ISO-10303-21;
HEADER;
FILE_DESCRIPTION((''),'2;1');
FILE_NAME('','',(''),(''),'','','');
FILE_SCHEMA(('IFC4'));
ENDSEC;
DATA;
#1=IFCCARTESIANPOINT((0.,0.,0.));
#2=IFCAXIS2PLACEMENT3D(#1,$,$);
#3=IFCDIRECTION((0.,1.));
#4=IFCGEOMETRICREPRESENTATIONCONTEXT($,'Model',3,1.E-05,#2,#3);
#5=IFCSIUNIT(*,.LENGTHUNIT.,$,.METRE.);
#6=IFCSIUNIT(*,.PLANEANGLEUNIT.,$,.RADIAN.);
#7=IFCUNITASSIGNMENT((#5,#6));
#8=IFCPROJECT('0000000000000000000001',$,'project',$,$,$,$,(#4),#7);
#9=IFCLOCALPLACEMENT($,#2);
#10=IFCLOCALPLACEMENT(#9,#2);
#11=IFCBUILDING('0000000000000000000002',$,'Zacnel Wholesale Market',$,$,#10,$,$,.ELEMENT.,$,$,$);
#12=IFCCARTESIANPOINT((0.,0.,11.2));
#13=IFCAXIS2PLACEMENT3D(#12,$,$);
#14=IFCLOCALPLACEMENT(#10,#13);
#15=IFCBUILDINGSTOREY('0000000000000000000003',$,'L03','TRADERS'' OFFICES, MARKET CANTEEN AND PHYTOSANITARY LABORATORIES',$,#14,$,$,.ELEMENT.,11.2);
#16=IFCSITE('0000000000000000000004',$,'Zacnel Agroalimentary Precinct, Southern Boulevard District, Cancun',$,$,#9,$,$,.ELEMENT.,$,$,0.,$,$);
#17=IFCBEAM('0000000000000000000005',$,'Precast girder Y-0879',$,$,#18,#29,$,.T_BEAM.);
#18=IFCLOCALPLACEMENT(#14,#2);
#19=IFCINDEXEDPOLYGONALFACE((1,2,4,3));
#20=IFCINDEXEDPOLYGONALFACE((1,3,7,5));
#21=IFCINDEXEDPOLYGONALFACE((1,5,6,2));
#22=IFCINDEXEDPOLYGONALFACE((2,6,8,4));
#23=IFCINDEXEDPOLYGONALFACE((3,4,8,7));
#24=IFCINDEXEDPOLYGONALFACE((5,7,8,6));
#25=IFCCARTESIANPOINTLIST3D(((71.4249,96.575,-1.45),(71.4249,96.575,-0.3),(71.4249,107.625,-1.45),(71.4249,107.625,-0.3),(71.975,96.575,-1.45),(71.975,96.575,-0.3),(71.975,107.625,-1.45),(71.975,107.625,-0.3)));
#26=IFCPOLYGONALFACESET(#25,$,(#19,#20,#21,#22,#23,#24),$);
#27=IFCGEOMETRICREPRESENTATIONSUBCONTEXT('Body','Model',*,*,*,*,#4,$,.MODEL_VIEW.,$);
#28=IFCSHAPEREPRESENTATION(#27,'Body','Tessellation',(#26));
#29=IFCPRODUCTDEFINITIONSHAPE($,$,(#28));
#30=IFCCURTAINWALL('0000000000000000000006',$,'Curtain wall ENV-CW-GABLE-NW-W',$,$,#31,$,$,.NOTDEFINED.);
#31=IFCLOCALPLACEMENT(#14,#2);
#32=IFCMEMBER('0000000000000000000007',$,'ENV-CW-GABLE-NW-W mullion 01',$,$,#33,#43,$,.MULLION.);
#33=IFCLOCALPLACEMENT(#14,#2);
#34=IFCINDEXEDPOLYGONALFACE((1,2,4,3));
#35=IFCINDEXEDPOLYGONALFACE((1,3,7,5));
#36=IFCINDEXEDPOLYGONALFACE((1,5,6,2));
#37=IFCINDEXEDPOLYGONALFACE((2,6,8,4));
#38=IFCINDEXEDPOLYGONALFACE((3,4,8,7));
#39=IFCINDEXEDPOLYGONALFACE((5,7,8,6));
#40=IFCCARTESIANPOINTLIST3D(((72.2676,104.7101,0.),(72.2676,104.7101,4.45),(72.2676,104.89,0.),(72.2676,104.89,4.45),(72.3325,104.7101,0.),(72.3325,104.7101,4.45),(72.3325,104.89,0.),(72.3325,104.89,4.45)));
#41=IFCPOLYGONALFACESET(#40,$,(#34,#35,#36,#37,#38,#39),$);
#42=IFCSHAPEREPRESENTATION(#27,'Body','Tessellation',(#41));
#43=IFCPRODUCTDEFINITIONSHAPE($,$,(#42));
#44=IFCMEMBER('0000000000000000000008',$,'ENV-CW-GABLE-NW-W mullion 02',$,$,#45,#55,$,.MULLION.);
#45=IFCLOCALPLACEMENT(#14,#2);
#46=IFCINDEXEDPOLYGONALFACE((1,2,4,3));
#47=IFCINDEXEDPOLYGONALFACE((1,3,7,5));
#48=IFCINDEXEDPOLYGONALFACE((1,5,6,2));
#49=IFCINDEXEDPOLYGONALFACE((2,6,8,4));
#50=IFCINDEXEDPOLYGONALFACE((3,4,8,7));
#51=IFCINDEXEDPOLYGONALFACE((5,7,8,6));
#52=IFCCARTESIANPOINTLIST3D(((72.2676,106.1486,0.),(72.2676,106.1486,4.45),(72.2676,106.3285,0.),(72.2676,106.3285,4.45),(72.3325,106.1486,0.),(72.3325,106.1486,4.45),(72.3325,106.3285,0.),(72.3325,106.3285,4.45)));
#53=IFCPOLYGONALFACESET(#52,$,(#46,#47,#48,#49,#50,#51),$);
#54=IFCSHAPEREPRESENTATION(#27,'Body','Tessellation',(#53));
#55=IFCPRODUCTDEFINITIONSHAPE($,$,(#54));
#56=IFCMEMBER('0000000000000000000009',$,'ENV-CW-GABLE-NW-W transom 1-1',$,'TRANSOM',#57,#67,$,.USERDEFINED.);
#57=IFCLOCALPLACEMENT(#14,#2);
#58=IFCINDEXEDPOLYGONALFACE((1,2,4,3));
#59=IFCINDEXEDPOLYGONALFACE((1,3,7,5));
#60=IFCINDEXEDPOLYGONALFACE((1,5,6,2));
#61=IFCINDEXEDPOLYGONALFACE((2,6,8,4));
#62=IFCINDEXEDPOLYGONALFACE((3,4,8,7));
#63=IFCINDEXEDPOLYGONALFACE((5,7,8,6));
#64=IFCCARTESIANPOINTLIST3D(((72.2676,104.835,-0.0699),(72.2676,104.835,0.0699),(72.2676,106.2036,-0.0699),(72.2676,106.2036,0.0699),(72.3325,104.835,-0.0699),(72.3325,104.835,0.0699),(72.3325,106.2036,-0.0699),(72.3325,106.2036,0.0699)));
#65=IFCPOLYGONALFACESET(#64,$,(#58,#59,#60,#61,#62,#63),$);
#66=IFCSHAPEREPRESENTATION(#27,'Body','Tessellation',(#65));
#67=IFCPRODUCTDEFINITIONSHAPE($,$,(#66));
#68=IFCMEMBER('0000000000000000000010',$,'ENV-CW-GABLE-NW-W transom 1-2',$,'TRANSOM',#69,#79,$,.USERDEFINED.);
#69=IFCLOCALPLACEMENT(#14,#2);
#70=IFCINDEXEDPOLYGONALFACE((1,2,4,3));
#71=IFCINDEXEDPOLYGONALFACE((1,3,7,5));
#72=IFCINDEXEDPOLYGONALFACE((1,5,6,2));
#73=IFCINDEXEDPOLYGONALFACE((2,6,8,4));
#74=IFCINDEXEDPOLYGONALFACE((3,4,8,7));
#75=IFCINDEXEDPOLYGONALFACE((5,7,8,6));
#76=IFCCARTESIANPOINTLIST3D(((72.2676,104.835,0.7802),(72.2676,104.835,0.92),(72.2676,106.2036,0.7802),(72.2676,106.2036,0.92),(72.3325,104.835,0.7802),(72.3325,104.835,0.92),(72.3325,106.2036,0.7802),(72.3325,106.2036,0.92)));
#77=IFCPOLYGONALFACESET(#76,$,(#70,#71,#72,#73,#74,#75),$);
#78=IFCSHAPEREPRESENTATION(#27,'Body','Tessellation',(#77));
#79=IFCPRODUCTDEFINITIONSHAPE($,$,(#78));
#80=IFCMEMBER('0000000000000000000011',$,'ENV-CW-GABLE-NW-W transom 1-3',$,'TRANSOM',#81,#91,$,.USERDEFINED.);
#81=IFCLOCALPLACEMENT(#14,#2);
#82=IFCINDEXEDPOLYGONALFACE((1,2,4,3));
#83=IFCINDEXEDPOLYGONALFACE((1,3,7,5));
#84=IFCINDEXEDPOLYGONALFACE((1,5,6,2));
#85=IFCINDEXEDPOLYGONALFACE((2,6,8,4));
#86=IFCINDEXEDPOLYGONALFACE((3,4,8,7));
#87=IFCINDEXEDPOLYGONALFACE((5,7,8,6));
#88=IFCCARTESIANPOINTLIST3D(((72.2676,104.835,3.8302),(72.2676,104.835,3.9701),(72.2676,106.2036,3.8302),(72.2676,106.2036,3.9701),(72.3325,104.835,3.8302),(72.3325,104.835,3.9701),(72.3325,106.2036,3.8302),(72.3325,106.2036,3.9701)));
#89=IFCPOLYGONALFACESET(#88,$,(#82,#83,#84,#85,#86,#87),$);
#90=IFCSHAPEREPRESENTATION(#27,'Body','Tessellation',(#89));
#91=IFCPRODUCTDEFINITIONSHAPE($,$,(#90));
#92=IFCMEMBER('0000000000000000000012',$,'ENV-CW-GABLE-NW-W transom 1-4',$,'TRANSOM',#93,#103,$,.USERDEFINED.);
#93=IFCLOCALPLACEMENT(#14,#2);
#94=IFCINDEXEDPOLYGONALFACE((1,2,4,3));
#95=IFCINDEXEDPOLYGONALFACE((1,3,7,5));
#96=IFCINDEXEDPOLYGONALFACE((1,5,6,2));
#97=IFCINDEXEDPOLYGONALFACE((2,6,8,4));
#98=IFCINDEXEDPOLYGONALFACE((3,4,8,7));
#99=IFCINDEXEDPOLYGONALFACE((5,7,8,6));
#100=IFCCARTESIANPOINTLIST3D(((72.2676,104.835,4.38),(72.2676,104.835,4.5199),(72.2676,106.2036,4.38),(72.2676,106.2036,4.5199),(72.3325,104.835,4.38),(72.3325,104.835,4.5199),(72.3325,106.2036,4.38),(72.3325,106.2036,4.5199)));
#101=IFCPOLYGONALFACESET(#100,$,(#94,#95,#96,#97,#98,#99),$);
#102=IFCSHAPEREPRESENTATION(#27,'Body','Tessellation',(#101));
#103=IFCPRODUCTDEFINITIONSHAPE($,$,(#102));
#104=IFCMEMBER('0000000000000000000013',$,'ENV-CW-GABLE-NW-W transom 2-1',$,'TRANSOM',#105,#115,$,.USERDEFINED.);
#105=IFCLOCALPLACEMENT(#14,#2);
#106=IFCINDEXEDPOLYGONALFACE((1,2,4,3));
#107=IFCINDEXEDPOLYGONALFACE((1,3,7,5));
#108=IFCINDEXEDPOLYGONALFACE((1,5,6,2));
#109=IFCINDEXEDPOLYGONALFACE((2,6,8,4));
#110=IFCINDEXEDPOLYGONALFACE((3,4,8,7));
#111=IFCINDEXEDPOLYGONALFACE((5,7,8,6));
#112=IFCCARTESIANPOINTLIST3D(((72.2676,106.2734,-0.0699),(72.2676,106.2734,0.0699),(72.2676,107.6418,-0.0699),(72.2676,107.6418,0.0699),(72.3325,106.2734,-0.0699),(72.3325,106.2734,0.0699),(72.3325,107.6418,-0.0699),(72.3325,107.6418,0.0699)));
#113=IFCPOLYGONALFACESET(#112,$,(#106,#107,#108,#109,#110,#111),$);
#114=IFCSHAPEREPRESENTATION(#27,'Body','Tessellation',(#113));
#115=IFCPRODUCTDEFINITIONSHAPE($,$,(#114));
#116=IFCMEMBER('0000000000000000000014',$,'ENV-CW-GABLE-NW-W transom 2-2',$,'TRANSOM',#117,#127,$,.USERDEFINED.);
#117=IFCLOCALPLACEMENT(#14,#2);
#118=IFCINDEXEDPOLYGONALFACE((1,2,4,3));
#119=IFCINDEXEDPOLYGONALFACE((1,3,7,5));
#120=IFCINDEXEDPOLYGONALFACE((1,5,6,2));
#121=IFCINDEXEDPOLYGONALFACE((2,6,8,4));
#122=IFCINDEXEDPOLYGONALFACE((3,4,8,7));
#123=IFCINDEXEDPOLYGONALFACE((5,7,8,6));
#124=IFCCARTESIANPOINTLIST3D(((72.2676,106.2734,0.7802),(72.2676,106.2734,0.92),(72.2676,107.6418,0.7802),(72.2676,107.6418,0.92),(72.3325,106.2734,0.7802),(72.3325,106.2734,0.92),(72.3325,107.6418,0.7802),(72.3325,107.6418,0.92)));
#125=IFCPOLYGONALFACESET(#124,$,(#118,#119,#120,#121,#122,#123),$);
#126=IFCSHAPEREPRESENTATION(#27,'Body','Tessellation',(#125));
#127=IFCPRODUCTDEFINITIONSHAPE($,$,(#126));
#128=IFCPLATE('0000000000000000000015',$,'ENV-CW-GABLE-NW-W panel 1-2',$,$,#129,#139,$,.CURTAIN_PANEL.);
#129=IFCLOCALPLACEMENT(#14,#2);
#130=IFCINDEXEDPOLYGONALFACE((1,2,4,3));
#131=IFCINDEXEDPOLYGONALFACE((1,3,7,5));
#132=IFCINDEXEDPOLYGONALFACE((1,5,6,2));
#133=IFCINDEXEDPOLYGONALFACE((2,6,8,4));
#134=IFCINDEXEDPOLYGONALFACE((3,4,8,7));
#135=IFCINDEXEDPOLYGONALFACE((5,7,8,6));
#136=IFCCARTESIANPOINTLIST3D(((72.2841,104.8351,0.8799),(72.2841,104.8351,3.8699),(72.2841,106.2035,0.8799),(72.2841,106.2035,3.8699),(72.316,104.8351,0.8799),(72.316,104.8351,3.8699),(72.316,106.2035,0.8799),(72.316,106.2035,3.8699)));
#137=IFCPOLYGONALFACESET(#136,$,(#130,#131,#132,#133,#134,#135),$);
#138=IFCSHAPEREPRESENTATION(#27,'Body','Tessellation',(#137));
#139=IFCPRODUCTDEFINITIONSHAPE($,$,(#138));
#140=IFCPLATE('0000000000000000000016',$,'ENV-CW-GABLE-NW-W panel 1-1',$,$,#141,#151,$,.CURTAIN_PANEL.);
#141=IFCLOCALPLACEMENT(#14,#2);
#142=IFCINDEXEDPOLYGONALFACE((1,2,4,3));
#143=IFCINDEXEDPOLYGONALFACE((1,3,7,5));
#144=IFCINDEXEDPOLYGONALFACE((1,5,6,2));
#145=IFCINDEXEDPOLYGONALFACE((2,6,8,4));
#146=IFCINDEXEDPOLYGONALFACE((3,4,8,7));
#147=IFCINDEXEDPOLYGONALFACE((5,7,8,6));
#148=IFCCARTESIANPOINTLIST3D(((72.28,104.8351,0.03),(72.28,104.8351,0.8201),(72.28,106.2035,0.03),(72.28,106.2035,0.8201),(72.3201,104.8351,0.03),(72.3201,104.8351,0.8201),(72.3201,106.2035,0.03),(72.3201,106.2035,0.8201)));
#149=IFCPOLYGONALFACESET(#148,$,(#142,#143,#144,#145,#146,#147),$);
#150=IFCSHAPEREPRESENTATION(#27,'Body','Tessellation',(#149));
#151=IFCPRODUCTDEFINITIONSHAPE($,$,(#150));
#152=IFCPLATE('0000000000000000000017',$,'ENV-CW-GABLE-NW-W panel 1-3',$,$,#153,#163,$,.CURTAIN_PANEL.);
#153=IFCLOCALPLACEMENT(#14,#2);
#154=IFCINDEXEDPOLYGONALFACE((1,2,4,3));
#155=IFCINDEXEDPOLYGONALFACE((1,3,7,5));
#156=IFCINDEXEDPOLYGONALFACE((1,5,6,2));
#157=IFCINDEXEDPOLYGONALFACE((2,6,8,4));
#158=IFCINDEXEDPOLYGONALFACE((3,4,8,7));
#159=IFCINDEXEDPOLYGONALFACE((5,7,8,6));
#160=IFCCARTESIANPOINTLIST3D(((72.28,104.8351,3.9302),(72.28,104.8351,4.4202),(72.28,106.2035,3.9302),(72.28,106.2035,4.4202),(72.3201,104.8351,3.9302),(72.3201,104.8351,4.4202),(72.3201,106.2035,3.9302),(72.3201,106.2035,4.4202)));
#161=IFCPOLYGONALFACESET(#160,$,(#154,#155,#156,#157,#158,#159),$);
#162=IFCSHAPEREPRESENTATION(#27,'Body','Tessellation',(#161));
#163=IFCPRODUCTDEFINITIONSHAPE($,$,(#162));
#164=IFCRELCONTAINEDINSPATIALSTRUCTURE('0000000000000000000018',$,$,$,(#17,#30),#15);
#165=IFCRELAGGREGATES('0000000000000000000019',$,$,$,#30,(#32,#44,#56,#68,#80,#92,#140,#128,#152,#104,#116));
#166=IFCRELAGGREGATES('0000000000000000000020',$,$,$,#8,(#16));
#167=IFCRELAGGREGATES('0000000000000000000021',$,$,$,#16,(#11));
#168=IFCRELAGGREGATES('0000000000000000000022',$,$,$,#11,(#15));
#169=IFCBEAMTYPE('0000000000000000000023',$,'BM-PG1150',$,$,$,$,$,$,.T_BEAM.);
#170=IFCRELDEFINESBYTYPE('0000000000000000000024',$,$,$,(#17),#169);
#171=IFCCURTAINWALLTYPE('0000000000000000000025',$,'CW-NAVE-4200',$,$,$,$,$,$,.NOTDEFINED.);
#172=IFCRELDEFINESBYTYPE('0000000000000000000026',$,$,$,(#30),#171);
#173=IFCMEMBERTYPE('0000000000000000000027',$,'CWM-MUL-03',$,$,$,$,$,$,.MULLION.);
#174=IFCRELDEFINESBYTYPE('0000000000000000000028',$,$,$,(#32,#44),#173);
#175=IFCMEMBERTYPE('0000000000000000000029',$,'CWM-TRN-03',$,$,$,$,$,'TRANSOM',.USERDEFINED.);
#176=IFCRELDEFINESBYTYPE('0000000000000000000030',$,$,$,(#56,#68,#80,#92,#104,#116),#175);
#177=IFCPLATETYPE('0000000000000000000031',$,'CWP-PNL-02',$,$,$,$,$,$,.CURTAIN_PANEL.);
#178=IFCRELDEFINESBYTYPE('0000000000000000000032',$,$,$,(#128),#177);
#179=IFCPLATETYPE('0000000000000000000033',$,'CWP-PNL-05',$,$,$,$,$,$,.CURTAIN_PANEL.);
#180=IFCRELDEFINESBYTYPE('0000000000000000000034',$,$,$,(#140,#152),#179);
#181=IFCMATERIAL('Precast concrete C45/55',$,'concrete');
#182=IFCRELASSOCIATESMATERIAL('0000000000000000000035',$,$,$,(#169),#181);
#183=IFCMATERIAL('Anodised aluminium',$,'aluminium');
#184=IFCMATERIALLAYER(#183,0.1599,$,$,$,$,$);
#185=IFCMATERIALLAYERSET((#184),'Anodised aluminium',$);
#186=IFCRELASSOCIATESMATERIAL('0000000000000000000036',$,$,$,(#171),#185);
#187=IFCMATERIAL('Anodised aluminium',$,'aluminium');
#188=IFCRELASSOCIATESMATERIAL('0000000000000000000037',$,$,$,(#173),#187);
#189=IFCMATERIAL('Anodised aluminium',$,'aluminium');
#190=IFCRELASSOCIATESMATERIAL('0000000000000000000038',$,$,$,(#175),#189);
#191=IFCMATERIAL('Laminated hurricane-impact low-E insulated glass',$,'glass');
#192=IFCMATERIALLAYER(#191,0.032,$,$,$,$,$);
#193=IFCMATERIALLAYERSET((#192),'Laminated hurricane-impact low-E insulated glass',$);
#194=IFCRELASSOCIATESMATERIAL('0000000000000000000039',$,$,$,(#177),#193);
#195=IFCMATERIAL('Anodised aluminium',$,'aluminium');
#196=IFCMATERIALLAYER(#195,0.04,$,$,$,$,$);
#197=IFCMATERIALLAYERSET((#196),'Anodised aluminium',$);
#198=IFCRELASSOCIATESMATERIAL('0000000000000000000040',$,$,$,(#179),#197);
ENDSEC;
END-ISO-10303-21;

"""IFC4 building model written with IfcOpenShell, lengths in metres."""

from ifc_helpers import new_model, si_unit, direction, frame, origin, origin_2d, place, context, subcontext, project, spatial, rectangle, extrude, material, layer, layer_set, material_profile, profile_set, type_object, element, aggregate, save


model = new_model("IFC4")

# Units and contexts
model_context = context("Model", 3, precision=1e-05, world=origin(), true_north=direction((0.0, 1.0)))
body_context = subcontext(model_context, "Body", "Model", "MODEL_VIEW")
ifc_project = project(units=[si_unit("LENGTHUNIT", "METRE"), si_unit("PLANEANGLEUNIT", "RADIAN")], contexts=[model_context])

# Site, building, storey
site_placement = place(None, origin())
site = spatial("IfcSite", under=ifc_project, at=site_placement, Name="Zacnel Agroalimentary Precinct, Southern Boulevard District, Cancun", CompositionType="ELEMENT", RefElevation=0.0)
building_placement = place(site_placement, origin())
building = spatial("IfcBuilding", under=site, at=building_placement, Name="Zacnel Wholesale Market", CompositionType="ELEMENT")
storey_placement = place(building_placement, frame((0.0, 0.0, 11.2)))
storey = spatial("IfcBuildingStorey", under=building, at=storey_placement, Name="L03", Description="TRADERS' OFFICES, MARKET CANTEEN AND PHYTOSANITARY LABORATORIES", CompositionType="ELEMENT", Elevation=11.2)

# Beam
ifc_material_1 = material(Name="Precast concrete C45/55", Category="concrete")
ifc_material_profile_1 = material_profile(ifc_material_1, rectangle(XDim=0.55, YDim=1.1499, at=origin_2d()), Name="PG 550x1150")
ifc_profile_set_1 = profile_set([ifc_material_profile_1], Name="Precast concrete C45/55")
beam_type = type_object("IfcBeamType", Name="BM-PG1150", PredefinedType="T_BEAM", material=ifc_profile_set_1)
beam_placement = place(storey_placement, frame((71.7, 96.575, -0.875), z_axis=(0.0, 1.0, 0.0), x_axis=(-1.0, 0.0, 0.0)))
element("IfcBeam", 1, at=beam_placement, inside=storey, type_object=beam_type, Name="Precast girder Y-0879", PredefinedType="T_BEAM", context=body_context, shape_type="SweptSolid", body=[
    extrude(rectangle(XDim=0.55, YDim=1.1499, at=origin_2d()), origin(), (0.0, 0.0, 1.0), 11.05),
])

# Curtain wall, members, plates
ifc_material_2 = material(Name="Anodised aluminium", Category="aluminium")
ifc_layer_1 = layer(ifc_material_2, 0.1599)
ifc_layer_set_1 = layer_set([ifc_layer_1], Name="Anodised aluminium")
curtain_wall_type = type_object("IfcCurtainWallType", Name="CW-NAVE-4200", PredefinedType="NOTDEFINED", material=ifc_layer_set_1)
curtain_wall_placement = place(storey_placement, origin())
curtain_wall = element("IfcCurtainWall", 2, at=curtain_wall_placement, inside=storey, type_object=curtain_wall_type, Name="Curtain wall ENV-CW-GABLE-NW-W", PredefinedType="NOTDEFINED")
ifc_material_3 = material(Name="Anodised aluminium", Category="aluminium")
ifc_material_profile_2 = material_profile(ifc_material_3, rectangle(XDim=0.0649, YDim=0.1799, at=origin_2d()), Name="AW-MULLION 65x180")
ifc_profile_set_2 = profile_set([ifc_material_profile_2], Name="Anodised aluminium")
member_type_1 = type_object("IfcMemberType", Name="CWM-MUL-03", PredefinedType="MULLION", material=ifc_profile_set_2)
member_1_placement = place(storey_placement, frame((72.3, 104.8, 0.0), z_axis=(0.0, 0.0, 1.0), x_axis=(1.0, 0.0, 0.0)))
member_1 = element("IfcMember", 3, at=member_1_placement, type_object=member_type_1, Name="ENV-CW-GABLE-NW-W mullion 01", PredefinedType="MULLION", context=body_context, shape_type="SweptSolid", body=[
    extrude(rectangle(XDim=0.0649, YDim=0.1799, at=origin_2d()), origin(), (0.0, 0.0, 1.0), 4.45),
])
member_2_placement = place(storey_placement, frame((72.3, 106.2385, 0.0), z_axis=(0.0, 0.0, 1.0), x_axis=(1.0, 0.0, 0.0)))
member_2 = element("IfcMember", 4, at=member_2_placement, type_object=member_type_1, Name="ENV-CW-GABLE-NW-W mullion 02", PredefinedType="MULLION", context=body_context, shape_type="SweptSolid", body=[
    extrude(rectangle(XDim=0.0649, YDim=0.1799, at=origin_2d()), origin(), (0.0, 0.0, 1.0), 4.45),
])
ifc_material_4 = material(Name="Anodised aluminium", Category="aluminium")
ifc_material_profile_3 = material_profile(ifc_material_4, rectangle(XDim=0.0649, YDim=0.1399, at=origin_2d()), Name="AW-TRANSOM 65x140")
ifc_profile_set_3 = profile_set([ifc_material_profile_3], Name="Anodised aluminium")
member_type_2 = type_object("IfcMemberType", Name="CWM-TRN-03", ElementType="TRANSOM", PredefinedType="USERDEFINED", material=ifc_profile_set_3)
member_3_placement = place(storey_placement, frame((72.3, 104.835, 0.0), z_axis=(0.0, 1.0, 0.0), x_axis=(-1.0, 0.0, 0.0)))
member_3 = element("IfcMember", 5, at=member_3_placement, type_object=member_type_2, Name="ENV-CW-GABLE-NW-W transom 1-1", ObjectType="TRANSOM", PredefinedType="USERDEFINED", context=body_context, shape_type="SweptSolid", body=[
    extrude(rectangle(XDim=0.0649, YDim=0.1399, at=origin_2d()), origin(), (0.0, 0.0, 1.0), 1.3687),
])
member_4_placement = place(storey_placement, frame((72.3, 104.835, 0.8501), z_axis=(0.0, 1.0, 0.0), x_axis=(-1.0, 0.0, 0.0)))
member_4 = element("IfcMember", 6, at=member_4_placement, type_object=member_type_2, Name="ENV-CW-GABLE-NW-W transom 1-2", ObjectType="TRANSOM", PredefinedType="USERDEFINED", context=body_context, shape_type="SweptSolid", body=[
    extrude(rectangle(XDim=0.0649, YDim=0.1399, at=origin_2d()), origin(), (0.0, 0.0, 1.0), 1.3687),
])
member_5_placement = place(storey_placement, frame((72.3, 104.835, 3.9001), z_axis=(0.0, 1.0, 0.0), x_axis=(-1.0, 0.0, 0.0)))
member_5 = element("IfcMember", 7, at=member_5_placement, type_object=member_type_2, Name="ENV-CW-GABLE-NW-W transom 1-3", ObjectType="TRANSOM", PredefinedType="USERDEFINED", context=body_context, shape_type="SweptSolid", body=[
    extrude(rectangle(XDim=0.0649, YDim=0.1399, at=origin_2d()), origin(), (0.0, 0.0, 1.0), 1.3687),
])
member_6_placement = place(storey_placement, frame((72.3, 104.835, 4.45), z_axis=(0.0, 1.0, 0.0), x_axis=(-1.0, 0.0, 0.0)))
member_6 = element("IfcMember", 8, at=member_6_placement, type_object=member_type_2, Name="ENV-CW-GABLE-NW-W transom 1-4", ObjectType="TRANSOM", PredefinedType="USERDEFINED", context=body_context, shape_type="SweptSolid", body=[
    extrude(rectangle(XDim=0.0649, YDim=0.1399, at=origin_2d()), origin(), (0.0, 0.0, 1.0), 1.3687),
])
member_7_placement = place(storey_placement, frame((72.3, 106.2734, 0.0), z_axis=(0.0, 1.0, 0.0), x_axis=(-1.0, 0.0, 0.0)))
member_7 = element("IfcMember", 9, at=member_7_placement, type_object=member_type_2, Name="ENV-CW-GABLE-NW-W transom 2-1", ObjectType="TRANSOM", PredefinedType="USERDEFINED", context=body_context, shape_type="SweptSolid", body=[
    extrude(rectangle(XDim=0.0649, YDim=0.1399, at=origin_2d()), origin(), (0.0, 0.0, 1.0), 1.3684),
])
member_8_placement = place(storey_placement, frame((72.3, 106.2734, 0.8501), z_axis=(0.0, 1.0, 0.0), x_axis=(-1.0, 0.0, 0.0)))
member_8 = element("IfcMember", 10, at=member_8_placement, type_object=member_type_2, Name="ENV-CW-GABLE-NW-W transom 2-2", ObjectType="TRANSOM", PredefinedType="USERDEFINED", context=body_context, shape_type="SweptSolid", body=[
    extrude(rectangle(XDim=0.0649, YDim=0.1399, at=origin_2d()), origin(), (0.0, 0.0, 1.0), 1.3684),
])
ifc_material_5 = material(Name="Laminated hurricane-impact low-E insulated glass", Category="glass")
ifc_layer_2 = layer(ifc_material_5, 0.032)
ifc_layer_set_2 = layer_set([ifc_layer_2], Name="Laminated hurricane-impact low-E insulated glass")
plate_type_1 = type_object("IfcPlateType", Name="CWP-PNL-02", PredefinedType="CURTAIN_PANEL", material=ifc_layer_set_2)
plate_1_placement = place(storey_placement, frame((72.3, 105.5193, 0.8799), z_axis=(0.0, 0.0, 1.0), x_axis=(0.0, 1.0, 0.0)))
plate_1 = element("IfcPlate", 11, at=plate_1_placement, type_object=plate_type_1, Name="ENV-CW-GABLE-NW-W panel 1-2", PredefinedType="CURTAIN_PANEL", context=body_context, shape_type="SweptSolid", body=[
    extrude(rectangle(XDim=1.3684, YDim=0.032, at=origin_2d()), origin(), (0.0, 0.0, 1.0), 2.99),
])
ifc_material_6 = material(Name="Anodised aluminium", Category="aluminium")
ifc_layer_3 = layer(ifc_material_6, 0.04)
ifc_layer_set_3 = layer_set([ifc_layer_3], Name="Anodised aluminium")
plate_type_2 = type_object("IfcPlateType", Name="CWP-PNL-05", PredefinedType="CURTAIN_PANEL", material=ifc_layer_set_3)
plate_2_placement = place(storey_placement, frame((72.3, 105.5193, 0.03), z_axis=(0.0, 0.0, 1.0), x_axis=(0.0, 1.0, 0.0)))
plate_2 = element("IfcPlate", 12, at=plate_2_placement, type_object=plate_type_2, Name="ENV-CW-GABLE-NW-W panel 1-1", PredefinedType="CURTAIN_PANEL", context=body_context, shape_type="SweptSolid", body=[
    extrude(rectangle(XDim=1.3684, YDim=0.04, at=origin_2d()), origin(), (0.0, 0.0, 1.0), 0.79),
])
plate_3_placement = place(storey_placement, frame((72.3, 105.5193, 3.9302), z_axis=(0.0, 0.0, 1.0), x_axis=(0.0, 1.0, 0.0)))
plate_3 = element("IfcPlate", 13, at=plate_3_placement, type_object=plate_type_2, Name="ENV-CW-GABLE-NW-W panel 1-3", PredefinedType="CURTAIN_PANEL", context=body_context, shape_type="SweptSolid", body=[
    extrude(rectangle(XDim=1.3684, YDim=0.04, at=origin_2d()), origin(), (0.0, 0.0, 1.0), 0.49),
])
aggregate(curtain_wall, [member_1, member_2, member_3, member_4, member_5, member_6, plate_2, plate_1, plate_3, member_7, member_8])

save(model, "model.ifc")
